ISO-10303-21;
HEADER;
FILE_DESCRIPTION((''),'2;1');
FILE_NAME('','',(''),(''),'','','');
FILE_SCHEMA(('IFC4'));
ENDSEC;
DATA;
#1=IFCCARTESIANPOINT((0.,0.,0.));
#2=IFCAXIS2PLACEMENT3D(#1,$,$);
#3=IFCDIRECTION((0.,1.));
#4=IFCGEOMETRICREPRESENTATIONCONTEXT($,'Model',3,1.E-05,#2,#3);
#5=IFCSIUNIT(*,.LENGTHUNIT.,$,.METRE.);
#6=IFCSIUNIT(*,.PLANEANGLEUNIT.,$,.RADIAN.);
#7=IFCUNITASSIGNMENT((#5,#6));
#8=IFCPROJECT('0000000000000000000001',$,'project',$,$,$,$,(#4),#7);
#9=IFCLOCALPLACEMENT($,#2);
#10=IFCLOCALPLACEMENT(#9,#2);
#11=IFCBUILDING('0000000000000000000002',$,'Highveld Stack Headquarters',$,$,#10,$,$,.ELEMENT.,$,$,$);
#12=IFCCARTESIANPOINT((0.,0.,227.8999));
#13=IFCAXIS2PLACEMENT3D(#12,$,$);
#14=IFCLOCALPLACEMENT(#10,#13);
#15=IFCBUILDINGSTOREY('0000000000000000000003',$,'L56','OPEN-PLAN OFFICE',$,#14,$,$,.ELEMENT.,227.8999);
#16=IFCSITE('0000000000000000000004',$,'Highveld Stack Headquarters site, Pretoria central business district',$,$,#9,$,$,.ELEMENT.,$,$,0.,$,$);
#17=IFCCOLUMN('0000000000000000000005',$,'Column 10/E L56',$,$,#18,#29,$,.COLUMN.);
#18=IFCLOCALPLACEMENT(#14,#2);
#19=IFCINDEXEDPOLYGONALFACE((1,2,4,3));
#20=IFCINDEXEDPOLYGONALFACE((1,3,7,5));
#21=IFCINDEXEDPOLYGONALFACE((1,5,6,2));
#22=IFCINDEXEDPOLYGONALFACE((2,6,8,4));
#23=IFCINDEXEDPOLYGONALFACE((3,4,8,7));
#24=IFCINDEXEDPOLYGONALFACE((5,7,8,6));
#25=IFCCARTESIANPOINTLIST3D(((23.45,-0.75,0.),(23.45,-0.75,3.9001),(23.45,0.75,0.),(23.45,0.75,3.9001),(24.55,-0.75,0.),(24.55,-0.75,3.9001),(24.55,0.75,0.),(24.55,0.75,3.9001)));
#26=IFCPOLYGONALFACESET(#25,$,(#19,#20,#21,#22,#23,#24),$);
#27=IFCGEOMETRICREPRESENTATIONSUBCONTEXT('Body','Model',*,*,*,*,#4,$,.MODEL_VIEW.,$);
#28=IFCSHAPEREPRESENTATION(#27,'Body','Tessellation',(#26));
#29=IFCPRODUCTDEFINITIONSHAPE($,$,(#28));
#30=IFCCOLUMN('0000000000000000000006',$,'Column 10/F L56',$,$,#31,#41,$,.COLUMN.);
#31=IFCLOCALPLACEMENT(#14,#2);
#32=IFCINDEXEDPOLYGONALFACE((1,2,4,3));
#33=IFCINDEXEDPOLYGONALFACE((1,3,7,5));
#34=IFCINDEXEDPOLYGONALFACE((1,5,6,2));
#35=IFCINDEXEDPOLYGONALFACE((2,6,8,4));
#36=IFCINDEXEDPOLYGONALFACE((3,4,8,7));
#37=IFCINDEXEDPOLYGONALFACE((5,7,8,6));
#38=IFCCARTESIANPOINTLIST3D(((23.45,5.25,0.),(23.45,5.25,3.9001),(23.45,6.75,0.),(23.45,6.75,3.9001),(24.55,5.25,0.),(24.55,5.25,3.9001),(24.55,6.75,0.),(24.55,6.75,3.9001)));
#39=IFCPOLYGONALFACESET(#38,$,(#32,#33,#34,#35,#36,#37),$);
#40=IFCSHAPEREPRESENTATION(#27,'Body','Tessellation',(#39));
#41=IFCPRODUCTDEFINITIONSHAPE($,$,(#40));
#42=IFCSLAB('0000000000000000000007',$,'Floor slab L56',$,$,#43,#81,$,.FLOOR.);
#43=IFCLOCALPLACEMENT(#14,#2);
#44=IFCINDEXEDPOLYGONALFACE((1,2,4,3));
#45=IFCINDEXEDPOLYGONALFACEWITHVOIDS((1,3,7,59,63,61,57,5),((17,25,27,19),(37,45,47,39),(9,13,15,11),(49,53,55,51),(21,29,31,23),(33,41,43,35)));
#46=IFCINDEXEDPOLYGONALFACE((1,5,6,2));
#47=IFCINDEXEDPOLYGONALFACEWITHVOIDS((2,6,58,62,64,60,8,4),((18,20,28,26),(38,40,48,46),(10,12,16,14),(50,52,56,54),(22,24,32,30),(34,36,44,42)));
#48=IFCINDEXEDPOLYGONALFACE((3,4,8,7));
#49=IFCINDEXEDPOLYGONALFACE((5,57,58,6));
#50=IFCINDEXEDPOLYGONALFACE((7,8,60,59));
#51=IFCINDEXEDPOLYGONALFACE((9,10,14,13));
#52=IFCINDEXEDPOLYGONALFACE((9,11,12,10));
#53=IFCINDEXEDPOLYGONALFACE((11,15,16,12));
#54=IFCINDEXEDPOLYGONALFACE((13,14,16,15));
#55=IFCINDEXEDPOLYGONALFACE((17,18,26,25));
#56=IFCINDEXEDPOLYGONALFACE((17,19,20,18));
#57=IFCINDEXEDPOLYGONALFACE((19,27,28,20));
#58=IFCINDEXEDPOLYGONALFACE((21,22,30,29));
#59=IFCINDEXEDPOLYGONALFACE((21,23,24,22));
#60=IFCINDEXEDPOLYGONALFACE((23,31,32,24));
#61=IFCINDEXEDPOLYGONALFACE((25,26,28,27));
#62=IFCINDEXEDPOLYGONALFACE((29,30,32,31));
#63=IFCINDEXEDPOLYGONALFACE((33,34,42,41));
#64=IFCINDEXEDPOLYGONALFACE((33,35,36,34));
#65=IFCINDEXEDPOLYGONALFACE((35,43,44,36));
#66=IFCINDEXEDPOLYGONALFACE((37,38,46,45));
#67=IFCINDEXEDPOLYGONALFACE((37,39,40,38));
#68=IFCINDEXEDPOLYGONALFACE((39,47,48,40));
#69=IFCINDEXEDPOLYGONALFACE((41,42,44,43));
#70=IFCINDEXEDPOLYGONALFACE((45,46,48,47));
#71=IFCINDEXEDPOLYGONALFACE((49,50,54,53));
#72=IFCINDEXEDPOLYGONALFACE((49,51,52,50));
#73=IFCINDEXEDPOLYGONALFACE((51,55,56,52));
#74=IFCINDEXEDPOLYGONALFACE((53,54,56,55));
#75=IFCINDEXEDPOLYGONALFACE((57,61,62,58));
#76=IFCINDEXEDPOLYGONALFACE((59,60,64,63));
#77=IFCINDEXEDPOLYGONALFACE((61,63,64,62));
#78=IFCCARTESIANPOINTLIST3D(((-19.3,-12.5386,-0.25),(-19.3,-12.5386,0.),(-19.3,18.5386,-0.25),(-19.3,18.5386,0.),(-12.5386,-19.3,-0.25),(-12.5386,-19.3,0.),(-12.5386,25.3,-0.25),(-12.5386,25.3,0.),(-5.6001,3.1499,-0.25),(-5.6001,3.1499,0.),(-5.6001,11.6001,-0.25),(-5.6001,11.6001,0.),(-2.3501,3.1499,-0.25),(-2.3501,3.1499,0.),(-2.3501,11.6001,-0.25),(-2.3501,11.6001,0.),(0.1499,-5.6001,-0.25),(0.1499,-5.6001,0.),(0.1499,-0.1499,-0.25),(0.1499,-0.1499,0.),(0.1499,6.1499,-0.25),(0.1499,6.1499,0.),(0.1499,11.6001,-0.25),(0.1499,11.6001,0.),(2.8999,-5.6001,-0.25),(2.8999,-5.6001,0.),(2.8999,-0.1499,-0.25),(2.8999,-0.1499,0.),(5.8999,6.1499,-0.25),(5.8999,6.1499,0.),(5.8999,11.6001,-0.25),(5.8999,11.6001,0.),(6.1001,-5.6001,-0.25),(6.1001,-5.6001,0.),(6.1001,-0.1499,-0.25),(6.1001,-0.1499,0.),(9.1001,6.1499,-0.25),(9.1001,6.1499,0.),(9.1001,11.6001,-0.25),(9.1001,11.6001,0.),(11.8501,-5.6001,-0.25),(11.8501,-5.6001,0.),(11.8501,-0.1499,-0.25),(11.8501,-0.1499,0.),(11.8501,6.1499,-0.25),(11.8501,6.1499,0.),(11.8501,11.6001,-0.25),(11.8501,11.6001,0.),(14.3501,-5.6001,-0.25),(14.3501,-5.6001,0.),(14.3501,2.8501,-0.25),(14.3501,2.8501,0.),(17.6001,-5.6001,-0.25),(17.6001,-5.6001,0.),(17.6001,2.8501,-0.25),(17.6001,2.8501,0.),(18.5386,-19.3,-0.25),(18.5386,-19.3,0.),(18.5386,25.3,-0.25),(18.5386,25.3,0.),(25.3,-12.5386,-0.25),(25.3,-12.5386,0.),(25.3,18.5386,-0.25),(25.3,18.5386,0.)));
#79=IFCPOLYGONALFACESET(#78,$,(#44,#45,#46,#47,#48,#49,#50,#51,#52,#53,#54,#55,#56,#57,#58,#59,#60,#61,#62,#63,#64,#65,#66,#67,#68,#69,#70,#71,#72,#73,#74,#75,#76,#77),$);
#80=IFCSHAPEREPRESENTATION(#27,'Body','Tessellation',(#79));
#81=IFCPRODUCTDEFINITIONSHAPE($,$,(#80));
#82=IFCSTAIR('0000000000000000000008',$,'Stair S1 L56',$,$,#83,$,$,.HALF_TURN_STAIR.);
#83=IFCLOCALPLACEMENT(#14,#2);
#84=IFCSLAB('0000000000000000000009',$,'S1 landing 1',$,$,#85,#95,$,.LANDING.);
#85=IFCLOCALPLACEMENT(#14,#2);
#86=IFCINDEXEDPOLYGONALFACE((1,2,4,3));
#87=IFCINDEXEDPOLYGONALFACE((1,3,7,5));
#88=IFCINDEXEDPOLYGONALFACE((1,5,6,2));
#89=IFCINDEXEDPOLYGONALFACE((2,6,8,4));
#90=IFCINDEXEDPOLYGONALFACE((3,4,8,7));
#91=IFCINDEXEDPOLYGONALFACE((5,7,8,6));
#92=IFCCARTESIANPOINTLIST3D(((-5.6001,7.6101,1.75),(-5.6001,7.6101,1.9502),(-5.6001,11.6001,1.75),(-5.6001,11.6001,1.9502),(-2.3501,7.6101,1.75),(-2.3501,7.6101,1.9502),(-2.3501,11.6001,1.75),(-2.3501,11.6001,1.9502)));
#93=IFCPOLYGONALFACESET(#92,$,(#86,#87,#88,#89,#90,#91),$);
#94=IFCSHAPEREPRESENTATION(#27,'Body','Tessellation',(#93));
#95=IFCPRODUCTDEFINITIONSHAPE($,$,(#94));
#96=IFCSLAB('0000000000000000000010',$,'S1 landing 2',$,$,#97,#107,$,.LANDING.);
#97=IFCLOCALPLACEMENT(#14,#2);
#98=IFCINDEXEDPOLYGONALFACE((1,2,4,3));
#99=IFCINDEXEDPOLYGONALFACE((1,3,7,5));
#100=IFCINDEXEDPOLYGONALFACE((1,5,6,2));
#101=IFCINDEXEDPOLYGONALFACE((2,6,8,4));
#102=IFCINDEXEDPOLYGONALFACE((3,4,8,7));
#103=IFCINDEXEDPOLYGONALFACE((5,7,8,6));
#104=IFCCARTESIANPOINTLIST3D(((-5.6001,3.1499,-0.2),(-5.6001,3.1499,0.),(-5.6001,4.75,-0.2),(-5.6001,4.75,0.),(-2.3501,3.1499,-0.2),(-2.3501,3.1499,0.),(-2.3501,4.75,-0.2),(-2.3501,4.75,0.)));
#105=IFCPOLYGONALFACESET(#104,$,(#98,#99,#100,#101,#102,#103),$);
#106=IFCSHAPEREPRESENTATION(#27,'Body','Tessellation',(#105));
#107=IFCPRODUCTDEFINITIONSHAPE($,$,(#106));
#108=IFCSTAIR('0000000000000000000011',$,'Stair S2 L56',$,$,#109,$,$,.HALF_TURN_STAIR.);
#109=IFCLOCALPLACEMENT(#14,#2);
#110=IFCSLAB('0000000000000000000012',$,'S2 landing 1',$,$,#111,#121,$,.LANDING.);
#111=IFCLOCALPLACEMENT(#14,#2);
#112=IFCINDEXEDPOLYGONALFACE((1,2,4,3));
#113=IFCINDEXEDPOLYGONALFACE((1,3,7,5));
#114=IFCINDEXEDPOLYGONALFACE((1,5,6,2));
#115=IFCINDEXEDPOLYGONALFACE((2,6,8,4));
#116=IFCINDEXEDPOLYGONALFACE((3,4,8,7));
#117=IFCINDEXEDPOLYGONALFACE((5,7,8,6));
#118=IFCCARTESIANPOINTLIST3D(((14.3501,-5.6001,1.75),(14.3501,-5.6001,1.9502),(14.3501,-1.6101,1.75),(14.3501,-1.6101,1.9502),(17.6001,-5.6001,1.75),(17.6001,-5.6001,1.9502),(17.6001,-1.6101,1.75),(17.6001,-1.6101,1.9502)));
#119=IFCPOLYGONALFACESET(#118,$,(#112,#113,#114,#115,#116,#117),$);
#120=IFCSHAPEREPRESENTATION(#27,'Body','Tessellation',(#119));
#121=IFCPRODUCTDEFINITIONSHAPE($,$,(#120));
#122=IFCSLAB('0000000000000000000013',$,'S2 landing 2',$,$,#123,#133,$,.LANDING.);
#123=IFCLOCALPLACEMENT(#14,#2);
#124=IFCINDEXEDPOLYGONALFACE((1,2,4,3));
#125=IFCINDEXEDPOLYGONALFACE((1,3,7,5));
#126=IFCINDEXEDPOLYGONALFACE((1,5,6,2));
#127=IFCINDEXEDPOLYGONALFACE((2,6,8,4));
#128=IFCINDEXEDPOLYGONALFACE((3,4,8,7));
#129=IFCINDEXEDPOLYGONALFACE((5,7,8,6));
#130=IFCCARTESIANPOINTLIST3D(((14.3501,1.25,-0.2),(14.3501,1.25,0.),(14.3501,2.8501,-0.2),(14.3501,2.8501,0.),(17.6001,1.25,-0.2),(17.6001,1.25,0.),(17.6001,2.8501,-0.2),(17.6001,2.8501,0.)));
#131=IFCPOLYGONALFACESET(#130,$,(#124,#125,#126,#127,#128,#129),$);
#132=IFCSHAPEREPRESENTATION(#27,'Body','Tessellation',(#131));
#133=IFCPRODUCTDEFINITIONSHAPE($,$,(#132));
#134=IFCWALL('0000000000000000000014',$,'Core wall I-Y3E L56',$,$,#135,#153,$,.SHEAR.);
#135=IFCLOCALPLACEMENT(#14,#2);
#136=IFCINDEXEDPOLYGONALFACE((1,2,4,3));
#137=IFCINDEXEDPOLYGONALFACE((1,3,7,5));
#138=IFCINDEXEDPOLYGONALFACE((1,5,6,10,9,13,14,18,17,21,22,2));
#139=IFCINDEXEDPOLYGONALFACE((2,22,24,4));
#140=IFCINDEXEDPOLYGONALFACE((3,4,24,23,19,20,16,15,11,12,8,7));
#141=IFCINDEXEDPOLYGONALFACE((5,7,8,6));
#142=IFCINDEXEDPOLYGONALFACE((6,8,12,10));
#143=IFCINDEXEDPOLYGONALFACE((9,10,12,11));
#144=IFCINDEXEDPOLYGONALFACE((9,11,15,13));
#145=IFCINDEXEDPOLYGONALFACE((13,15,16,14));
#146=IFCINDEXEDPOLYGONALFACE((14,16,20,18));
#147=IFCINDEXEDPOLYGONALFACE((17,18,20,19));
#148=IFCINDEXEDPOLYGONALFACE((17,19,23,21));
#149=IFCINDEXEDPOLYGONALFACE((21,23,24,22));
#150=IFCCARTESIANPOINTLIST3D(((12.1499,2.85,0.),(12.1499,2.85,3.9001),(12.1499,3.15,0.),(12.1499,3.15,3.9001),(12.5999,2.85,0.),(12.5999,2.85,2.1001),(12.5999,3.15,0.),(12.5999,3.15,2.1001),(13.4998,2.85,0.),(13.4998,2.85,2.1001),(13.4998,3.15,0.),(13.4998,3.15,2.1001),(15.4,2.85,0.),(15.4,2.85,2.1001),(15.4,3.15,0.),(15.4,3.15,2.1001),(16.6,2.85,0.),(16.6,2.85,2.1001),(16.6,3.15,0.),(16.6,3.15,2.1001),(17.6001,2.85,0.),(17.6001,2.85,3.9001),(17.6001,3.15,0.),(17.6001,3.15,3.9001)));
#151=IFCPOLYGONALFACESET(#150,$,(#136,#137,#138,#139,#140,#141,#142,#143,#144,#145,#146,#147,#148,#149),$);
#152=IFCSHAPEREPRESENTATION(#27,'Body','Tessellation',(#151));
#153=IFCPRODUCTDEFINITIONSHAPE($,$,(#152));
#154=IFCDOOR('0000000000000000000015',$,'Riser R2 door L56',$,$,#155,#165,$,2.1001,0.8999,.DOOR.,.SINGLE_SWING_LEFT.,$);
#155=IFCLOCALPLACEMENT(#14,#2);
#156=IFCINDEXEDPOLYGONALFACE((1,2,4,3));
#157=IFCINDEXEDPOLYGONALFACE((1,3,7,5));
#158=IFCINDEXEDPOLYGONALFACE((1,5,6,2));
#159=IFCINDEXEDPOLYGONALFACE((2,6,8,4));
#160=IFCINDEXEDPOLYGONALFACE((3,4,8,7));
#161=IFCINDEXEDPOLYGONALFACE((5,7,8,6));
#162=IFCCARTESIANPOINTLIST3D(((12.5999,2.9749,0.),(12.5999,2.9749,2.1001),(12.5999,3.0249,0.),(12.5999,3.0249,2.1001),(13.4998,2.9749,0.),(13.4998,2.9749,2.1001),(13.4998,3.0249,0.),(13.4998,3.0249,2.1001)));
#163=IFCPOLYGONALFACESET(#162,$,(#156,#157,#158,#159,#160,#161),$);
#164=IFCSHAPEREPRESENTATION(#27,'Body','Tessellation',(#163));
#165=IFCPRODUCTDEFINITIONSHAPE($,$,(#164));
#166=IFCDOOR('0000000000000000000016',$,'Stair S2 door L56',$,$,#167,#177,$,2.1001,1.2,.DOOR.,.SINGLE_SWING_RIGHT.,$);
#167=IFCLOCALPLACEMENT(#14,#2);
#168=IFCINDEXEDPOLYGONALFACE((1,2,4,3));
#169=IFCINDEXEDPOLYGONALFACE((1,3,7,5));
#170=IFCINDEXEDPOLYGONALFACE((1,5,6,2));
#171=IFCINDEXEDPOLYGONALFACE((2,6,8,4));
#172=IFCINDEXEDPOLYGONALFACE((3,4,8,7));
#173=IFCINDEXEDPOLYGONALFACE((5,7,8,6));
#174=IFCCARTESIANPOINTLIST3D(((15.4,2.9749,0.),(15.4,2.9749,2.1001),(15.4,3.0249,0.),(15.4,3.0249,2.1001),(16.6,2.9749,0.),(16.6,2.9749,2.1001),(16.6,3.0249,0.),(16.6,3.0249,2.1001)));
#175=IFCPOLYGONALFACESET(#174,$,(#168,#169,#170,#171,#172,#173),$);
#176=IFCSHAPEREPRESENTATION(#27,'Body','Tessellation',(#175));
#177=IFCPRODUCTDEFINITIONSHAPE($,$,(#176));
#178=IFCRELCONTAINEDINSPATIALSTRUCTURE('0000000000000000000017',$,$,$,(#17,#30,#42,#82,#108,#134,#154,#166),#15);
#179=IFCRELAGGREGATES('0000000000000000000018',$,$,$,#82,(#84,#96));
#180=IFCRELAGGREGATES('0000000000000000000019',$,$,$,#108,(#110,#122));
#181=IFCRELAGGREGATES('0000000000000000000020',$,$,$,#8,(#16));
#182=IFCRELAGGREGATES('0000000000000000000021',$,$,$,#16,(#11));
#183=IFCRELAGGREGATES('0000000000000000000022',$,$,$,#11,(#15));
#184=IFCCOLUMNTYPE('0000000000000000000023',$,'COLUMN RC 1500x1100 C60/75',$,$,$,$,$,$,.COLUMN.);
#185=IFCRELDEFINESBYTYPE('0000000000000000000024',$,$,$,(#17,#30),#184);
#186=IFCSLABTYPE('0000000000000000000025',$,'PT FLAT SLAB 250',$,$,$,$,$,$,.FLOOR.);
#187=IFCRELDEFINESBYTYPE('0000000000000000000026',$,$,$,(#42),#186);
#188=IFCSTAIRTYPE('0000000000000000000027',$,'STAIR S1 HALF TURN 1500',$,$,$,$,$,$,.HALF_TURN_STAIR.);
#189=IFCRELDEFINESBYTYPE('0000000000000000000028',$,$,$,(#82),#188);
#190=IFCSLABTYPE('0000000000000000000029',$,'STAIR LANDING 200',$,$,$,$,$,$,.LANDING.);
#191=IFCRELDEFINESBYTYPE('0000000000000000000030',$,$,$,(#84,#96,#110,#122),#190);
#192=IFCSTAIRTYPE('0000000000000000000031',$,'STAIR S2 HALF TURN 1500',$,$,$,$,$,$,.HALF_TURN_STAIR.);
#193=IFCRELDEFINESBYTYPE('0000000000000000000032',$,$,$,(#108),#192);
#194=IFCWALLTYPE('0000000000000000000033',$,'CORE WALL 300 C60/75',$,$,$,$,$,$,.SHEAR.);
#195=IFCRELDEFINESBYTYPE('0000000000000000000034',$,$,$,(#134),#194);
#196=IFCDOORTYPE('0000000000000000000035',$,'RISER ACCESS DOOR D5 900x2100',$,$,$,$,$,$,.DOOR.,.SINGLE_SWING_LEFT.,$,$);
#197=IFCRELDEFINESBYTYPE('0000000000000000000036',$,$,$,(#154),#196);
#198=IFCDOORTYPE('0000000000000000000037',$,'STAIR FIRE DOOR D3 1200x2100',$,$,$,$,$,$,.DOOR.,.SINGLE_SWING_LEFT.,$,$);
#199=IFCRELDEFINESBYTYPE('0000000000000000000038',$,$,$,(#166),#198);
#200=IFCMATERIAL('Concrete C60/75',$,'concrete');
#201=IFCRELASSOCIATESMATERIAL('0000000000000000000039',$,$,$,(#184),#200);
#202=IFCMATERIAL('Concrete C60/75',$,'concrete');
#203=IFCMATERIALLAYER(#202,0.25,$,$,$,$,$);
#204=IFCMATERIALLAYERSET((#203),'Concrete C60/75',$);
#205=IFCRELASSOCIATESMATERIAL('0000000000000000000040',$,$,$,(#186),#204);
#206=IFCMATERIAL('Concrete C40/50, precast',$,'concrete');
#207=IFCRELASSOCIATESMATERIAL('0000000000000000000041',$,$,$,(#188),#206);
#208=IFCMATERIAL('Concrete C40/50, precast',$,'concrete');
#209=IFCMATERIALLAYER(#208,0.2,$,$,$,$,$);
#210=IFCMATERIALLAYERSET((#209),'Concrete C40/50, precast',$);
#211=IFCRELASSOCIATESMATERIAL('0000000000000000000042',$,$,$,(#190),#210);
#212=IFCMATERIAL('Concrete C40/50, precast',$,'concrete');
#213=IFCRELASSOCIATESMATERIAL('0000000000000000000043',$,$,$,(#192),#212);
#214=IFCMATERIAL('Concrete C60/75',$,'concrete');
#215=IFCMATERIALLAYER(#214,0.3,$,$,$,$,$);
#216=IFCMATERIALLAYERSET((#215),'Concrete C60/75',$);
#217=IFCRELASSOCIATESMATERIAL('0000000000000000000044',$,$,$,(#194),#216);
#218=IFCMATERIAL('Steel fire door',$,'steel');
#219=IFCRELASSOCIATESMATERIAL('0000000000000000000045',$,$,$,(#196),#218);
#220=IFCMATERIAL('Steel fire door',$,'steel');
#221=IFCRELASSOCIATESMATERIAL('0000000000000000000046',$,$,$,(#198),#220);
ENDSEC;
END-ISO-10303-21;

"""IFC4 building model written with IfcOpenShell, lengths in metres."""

from ifc_helpers import new_model, si_unit, direction, frame, frame_2d, origin, origin_2d, place, context, subcontext, project, spatial, polyline, rectangle, outline, extrude, material, layer, layer_set, material_profile, profile_set, type_object, element, fill, aggregate, save


model = new_model("IFC4")

# Units and contexts
model_context = context("Model", 3, precision=1e-05, world=origin(), true_north=direction((0.0, 1.0)))
body_context = subcontext(model_context, "Body", "Model", "MODEL_VIEW")
ifc_project = project(units=[si_unit("LENGTHUNIT", "METRE"), si_unit("PLANEANGLEUNIT", "RADIAN")], contexts=[model_context])

# Site, building, storey
site_placement = place(None, origin())
site = spatial("IfcSite", under=ifc_project, at=site_placement, Name="Highveld Stack Headquarters site, Pretoria central business district", CompositionType="ELEMENT", RefElevation=0.0)
building_placement = place(site_placement, origin())
building = spatial("IfcBuilding", under=site, at=building_placement, Name="Highveld Stack Headquarters", CompositionType="ELEMENT")
storey_placement = place(building_placement, frame((0.0, 0.0, 227.8999)))
storey = spatial("IfcBuildingStorey", under=building, at=storey_placement, Name="L56", Description="OPEN-PLAN OFFICE", CompositionType="ELEMENT", Elevation=227.8999)

# Columns
ifc_material_1 = material(Name="Concrete C60/75", Category="concrete")
ifc_material_profile = material_profile(ifc_material_1, rectangle(XDim=1.5, YDim=1.1001, at=origin_2d()), Name="RC 1500x1100")
ifc_profile_set = profile_set([ifc_material_profile], Name="Concrete C60/75")
column_type = type_object("IfcColumnType", Name="COLUMN RC 1500x1100 C60/75", PredefinedType="COLUMN", material=ifc_profile_set)
for number, where, z_axis, x_axis, name in (
    (1, (24.0, 0.0, 0.0), (0.0, 0.0, 1.0), (0.0, 1.0, 0.0), "Column 10/E L56"),
    (2, (24.0, 6.0, 0.0), (0.0, 0.0, 1.0), (0.0, 1.0, 0.0), "Column 10/F L56"),
):
    element("IfcColumn", number, at=place(storey_placement, frame(where, z_axis=z_axis, x_axis=x_axis)), inside=storey, type_object=column_type, Name=name, PredefinedType="COLUMN", context=body_context, shape_type="SweptSolid", body=[
        extrude(rectangle(XDim=1.5, YDim=1.1001, at=origin_2d()), origin(), (0.0, 0.0, 1.0), 3.9001),
    ])

# Slab
ifc_material_2 = material(Name="Concrete C60/75", Category="concrete")
ifc_layer_1 = layer(ifc_material_2, 0.25)
ifc_layer_set_1 = layer_set([ifc_layer_1], Name="Concrete C60/75")
slab_type_1 = type_object("IfcSlabType", Name="PT FLAT SLAB 250", PredefinedType="FLOOR", material=ifc_layer_set_1)
slab_1_placement = place(storey_placement, frame((0.0, 0.0, -0.25)))
element("IfcSlab", 3, at=slab_1_placement, inside=storey, type_object=slab_type_1, Name="Floor slab L56", PredefinedType="FLOOR", context=body_context, shape_type="SweptSolid", body=[
    extrude(outline(polyline([(-12.5386, -19.3), (18.5386, -19.3), (25.3, -12.5386), (25.3, 18.5386), (18.5386, 25.3), (-12.5386, 25.3), (-19.3, 18.5386), (-19.3, -12.5386), (-12.5386, -19.3)]), holes=[polyline([(0.1499, 6.1499), (5.8999, 6.1499), (5.8999, 11.6001), (0.1499, 11.6001), (0.1499, 6.1499)]), polyline([(9.1001, 6.1499), (11.8501, 6.1499), (11.8501, 11.6001), (9.1001, 11.6001), (9.1001, 6.1499)]), polyline([(6.1001, -5.6001), (11.8501, -5.6001), (11.8501, -0.1499), (6.1001, -0.1499), (6.1001, -5.6001)]), polyline([(0.1499, -5.6001), (2.8999, -5.6001), (2.8999, -0.1499), (0.1499, -0.1499), (0.1499, -5.6001)]), polyline([(-5.6001, 3.1499), (-2.3501, 3.1499), (-2.3501, 11.6001), (-5.6001, 11.6001), (-5.6001, 3.1499)]), polyline([(14.3501, -5.6001), (17.6001, -5.6001), (17.6001, 2.8501), (14.3501, 2.8501), (14.3501, -5.6001)])]), origin(), (0.0, 0.0, 1.0), 0.25),
])

# Stairs, slabs
ifc_material_3 = material(Name="Concrete C40/50, precast", Category="concrete")
stair_type_1 = type_object("IfcStairType", Name="STAIR S1 HALF TURN 1500", PredefinedType="HALF_TURN_STAIR", material=ifc_material_3)
stair_1_placement = place(storey_placement, origin())
stair_1 = element("IfcStair", 4, at=stair_1_placement, inside=storey, type_object=stair_type_1, Name="Stair S1 L56", PredefinedType="HALF_TURN_STAIR")
ifc_material_4 = material(Name="Concrete C40/50, precast", Category="concrete")
ifc_layer_2 = layer(ifc_material_4, 0.2)
ifc_layer_set_2 = layer_set([ifc_layer_2], Name="Concrete C40/50, precast")
slab_type_2 = type_object("IfcSlabType", Name="STAIR LANDING 200", PredefinedType="LANDING", material=ifc_layer_set_2)
slab_2_placement = place(storey_placement, frame((0.0, 0.0, 1.75)))
slab_2 = element("IfcSlab", 5, at=slab_2_placement, type_object=slab_type_2, Name="S1 landing 1", PredefinedType="LANDING", context=body_context, shape_type="SweptSolid", body=[
    extrude(outline(polyline([(-5.6001, 7.6101), (-2.3501, 7.6101), (-2.3501, 11.6001), (-5.6001, 11.6001), (-5.6001, 7.6101)])), origin(), (0.0, 0.0, 1.0), 0.2002),
])
slab_3_placement = place(storey_placement, frame((0.0, 0.0, -0.2)))
slab_3 = element("IfcSlab", 6, at=slab_3_placement, type_object=slab_type_2, Name="S1 landing 2", PredefinedType="LANDING", context=body_context, shape_type="SweptSolid", body=[
    extrude(outline(polyline([(-5.6001, 3.1499), (-2.3501, 3.1499), (-2.3501, 4.75), (-5.6001, 4.75), (-5.6001, 3.1499)])), origin(), (0.0, 0.0, 1.0), 0.2),
])
aggregate(stair_1, [slab_2, slab_3])
ifc_material_5 = material(Name="Concrete C40/50, precast", Category="concrete")
stair_type_2 = type_object("IfcStairType", Name="STAIR S2 HALF TURN 1500", PredefinedType="HALF_TURN_STAIR", material=ifc_material_5)
stair_2_placement = place(storey_placement, origin())
stair_2 = element("IfcStair", 7, at=stair_2_placement, inside=storey, type_object=stair_type_2, Name="Stair S2 L56", PredefinedType="HALF_TURN_STAIR")
slab_4_placement = place(storey_placement, frame((0.0, 0.0, 1.75)))
slab_4 = element("IfcSlab", 8, at=slab_4_placement, type_object=slab_type_2, Name="S2 landing 1", PredefinedType="LANDING", context=body_context, shape_type="SweptSolid", body=[
    extrude(outline(polyline([(14.3501, -5.6001), (17.6001, -5.6001), (17.6001, -1.6101), (14.3501, -1.6101), (14.3501, -5.6001)])), origin(), (0.0, 0.0, 1.0), 0.2002),
])
slab_5_placement = place(storey_placement, frame((0.0, 0.0, -0.2)))
slab_5 = element("IfcSlab", 9, at=slab_5_placement, type_object=slab_type_2, Name="S2 landing 2", PredefinedType="LANDING", context=body_context, shape_type="SweptSolid", body=[
    extrude(outline(polyline([(14.3501, 1.25), (17.6001, 1.25), (17.6001, 2.8501), (14.3501, 2.8501), (14.3501, 1.25)])), origin(), (0.0, 0.0, 1.0), 0.2),
])

# Wall, openings, doors
ifc_material_6 = material(Name="Concrete C60/75", Category="concrete")
ifc_layer_3 = layer(ifc_material_6, 0.3)
ifc_layer_set_3 = layer_set([ifc_layer_3], Name="Concrete C60/75")
wall_type_1 = type_object("IfcWallType", Name="CORE WALL 300 C60/75", PredefinedType="SHEAR", material=ifc_layer_set_3)
wall_1_placement = place(storey_placement, frame((12.1499, 3.0, 0.0), z_axis=(0.0, 0.0, 1.0), x_axis=(1.0, 0.0, 0.0)))
wall_1 = element("IfcWall", 10, at=wall_1_placement, inside=storey, type_object=wall_type_1, Name="Core wall I-Y3E L56", PredefinedType="SHEAR", context=body_context, shape_type="SweptSolid", body=[
    extrude(rectangle(XDim=5.4502, YDim=0.3, at=frame_2d((2.7251, 0.0))), origin(), (0.0, 0.0, 1.0), 3.9001),
])
opening_1_placement = place(wall_1_placement, frame((3.25, 0.0, 0.0)))
opening_1 = element("IfcOpeningElement", 11, at=opening_1_placement, cuts=wall_1, PredefinedType="OPENING", context=body_context, shape_type="SweptSolid", body=[
    extrude(rectangle(XDim=1.2, YDim=2.1001, at=frame_2d((0.6001, 1.05))), frame((0.0, 0.1599, 0.0), z_axis=(0.0, -1.0, 0.0), x_axis=(1.0, 0.0, 0.0)), (0.0, 0.0, 1.0), 0.3201),
])
opening_2_placement = place(wall_1_placement, frame((0.45, 0.0, 0.0)))
opening_2 = element("IfcOpeningElement", 12, at=opening_2_placement, cuts=wall_1, PredefinedType="OPENING", context=body_context, shape_type="SweptSolid", body=[
    extrude(rectangle(XDim=0.8999, YDim=2.1001, at=frame_2d((0.45, 1.05))), frame((0.0, 0.1599, 0.0), z_axis=(0.0, -1.0, 0.0), x_axis=(1.0, 0.0, 0.0)), (0.0, 0.0, 1.0), 0.3201),
])
ifc_material_7 = material(Name="Steel fire door", Category="steel")
door_type_1 = type_object("IfcDoorType", Name="RISER ACCESS DOOR D5 900x2100", OperationType="SINGLE_SWING_LEFT", PredefinedType="DOOR", material=ifc_material_7)
door_1_placement = place(opening_2_placement, origin())
door_1 = element("IfcDoor", 13, at=door_1_placement, inside=storey, type_object=door_type_1, Name="Riser R2 door L56", OperationType="SINGLE_SWING_LEFT", OverallHeight=2.1001, OverallWidth=0.8999, PredefinedType="DOOR", context=body_context, shape_type="SweptSolid", body=[
    extrude(rectangle(XDim=0.8999, YDim=2.1001, at=frame_2d((0.45, 1.05))), frame((0.0, 0.0249, 0.0), z_axis=(0.0, -1.0, 0.0), x_axis=(1.0, 0.0, 0.0)), (0.0, 0.0, 1.0), 0.05),
])
fill(opening_2, door_1)
ifc_material_8 = material(Name="Steel fire door", Category="steel")
door_type_2 = type_object("IfcDoorType", Name="STAIR FIRE DOOR D3 1200x2100", OperationType="SINGLE_SWING_LEFT", PredefinedType="DOOR", material=ifc_material_8)
door_2_placement = place(opening_1_placement, origin())
door_2 = element("IfcDoor", 14, at=door_2_placement, inside=storey, type_object=door_type_2, Name="Stair S2 door L56", OperationType="SINGLE_SWING_RIGHT", OverallHeight=2.1001, OverallWidth=1.2, PredefinedType="DOOR", context=body_context, shape_type="SweptSolid", body=[
    extrude(rectangle(XDim=1.2, YDim=2.1001, at=frame_2d((0.6001, 1.05))), frame((0.0, 0.0249, 0.0), z_axis=(0.0, -1.0, 0.0), x_axis=(1.0, 0.0, 0.0)), (0.0, 0.0, 1.0), 0.05),
])
fill(opening_1, door_2)

aggregate(stair_2, [slab_4, slab_5])

save(model, "model.ifc")
